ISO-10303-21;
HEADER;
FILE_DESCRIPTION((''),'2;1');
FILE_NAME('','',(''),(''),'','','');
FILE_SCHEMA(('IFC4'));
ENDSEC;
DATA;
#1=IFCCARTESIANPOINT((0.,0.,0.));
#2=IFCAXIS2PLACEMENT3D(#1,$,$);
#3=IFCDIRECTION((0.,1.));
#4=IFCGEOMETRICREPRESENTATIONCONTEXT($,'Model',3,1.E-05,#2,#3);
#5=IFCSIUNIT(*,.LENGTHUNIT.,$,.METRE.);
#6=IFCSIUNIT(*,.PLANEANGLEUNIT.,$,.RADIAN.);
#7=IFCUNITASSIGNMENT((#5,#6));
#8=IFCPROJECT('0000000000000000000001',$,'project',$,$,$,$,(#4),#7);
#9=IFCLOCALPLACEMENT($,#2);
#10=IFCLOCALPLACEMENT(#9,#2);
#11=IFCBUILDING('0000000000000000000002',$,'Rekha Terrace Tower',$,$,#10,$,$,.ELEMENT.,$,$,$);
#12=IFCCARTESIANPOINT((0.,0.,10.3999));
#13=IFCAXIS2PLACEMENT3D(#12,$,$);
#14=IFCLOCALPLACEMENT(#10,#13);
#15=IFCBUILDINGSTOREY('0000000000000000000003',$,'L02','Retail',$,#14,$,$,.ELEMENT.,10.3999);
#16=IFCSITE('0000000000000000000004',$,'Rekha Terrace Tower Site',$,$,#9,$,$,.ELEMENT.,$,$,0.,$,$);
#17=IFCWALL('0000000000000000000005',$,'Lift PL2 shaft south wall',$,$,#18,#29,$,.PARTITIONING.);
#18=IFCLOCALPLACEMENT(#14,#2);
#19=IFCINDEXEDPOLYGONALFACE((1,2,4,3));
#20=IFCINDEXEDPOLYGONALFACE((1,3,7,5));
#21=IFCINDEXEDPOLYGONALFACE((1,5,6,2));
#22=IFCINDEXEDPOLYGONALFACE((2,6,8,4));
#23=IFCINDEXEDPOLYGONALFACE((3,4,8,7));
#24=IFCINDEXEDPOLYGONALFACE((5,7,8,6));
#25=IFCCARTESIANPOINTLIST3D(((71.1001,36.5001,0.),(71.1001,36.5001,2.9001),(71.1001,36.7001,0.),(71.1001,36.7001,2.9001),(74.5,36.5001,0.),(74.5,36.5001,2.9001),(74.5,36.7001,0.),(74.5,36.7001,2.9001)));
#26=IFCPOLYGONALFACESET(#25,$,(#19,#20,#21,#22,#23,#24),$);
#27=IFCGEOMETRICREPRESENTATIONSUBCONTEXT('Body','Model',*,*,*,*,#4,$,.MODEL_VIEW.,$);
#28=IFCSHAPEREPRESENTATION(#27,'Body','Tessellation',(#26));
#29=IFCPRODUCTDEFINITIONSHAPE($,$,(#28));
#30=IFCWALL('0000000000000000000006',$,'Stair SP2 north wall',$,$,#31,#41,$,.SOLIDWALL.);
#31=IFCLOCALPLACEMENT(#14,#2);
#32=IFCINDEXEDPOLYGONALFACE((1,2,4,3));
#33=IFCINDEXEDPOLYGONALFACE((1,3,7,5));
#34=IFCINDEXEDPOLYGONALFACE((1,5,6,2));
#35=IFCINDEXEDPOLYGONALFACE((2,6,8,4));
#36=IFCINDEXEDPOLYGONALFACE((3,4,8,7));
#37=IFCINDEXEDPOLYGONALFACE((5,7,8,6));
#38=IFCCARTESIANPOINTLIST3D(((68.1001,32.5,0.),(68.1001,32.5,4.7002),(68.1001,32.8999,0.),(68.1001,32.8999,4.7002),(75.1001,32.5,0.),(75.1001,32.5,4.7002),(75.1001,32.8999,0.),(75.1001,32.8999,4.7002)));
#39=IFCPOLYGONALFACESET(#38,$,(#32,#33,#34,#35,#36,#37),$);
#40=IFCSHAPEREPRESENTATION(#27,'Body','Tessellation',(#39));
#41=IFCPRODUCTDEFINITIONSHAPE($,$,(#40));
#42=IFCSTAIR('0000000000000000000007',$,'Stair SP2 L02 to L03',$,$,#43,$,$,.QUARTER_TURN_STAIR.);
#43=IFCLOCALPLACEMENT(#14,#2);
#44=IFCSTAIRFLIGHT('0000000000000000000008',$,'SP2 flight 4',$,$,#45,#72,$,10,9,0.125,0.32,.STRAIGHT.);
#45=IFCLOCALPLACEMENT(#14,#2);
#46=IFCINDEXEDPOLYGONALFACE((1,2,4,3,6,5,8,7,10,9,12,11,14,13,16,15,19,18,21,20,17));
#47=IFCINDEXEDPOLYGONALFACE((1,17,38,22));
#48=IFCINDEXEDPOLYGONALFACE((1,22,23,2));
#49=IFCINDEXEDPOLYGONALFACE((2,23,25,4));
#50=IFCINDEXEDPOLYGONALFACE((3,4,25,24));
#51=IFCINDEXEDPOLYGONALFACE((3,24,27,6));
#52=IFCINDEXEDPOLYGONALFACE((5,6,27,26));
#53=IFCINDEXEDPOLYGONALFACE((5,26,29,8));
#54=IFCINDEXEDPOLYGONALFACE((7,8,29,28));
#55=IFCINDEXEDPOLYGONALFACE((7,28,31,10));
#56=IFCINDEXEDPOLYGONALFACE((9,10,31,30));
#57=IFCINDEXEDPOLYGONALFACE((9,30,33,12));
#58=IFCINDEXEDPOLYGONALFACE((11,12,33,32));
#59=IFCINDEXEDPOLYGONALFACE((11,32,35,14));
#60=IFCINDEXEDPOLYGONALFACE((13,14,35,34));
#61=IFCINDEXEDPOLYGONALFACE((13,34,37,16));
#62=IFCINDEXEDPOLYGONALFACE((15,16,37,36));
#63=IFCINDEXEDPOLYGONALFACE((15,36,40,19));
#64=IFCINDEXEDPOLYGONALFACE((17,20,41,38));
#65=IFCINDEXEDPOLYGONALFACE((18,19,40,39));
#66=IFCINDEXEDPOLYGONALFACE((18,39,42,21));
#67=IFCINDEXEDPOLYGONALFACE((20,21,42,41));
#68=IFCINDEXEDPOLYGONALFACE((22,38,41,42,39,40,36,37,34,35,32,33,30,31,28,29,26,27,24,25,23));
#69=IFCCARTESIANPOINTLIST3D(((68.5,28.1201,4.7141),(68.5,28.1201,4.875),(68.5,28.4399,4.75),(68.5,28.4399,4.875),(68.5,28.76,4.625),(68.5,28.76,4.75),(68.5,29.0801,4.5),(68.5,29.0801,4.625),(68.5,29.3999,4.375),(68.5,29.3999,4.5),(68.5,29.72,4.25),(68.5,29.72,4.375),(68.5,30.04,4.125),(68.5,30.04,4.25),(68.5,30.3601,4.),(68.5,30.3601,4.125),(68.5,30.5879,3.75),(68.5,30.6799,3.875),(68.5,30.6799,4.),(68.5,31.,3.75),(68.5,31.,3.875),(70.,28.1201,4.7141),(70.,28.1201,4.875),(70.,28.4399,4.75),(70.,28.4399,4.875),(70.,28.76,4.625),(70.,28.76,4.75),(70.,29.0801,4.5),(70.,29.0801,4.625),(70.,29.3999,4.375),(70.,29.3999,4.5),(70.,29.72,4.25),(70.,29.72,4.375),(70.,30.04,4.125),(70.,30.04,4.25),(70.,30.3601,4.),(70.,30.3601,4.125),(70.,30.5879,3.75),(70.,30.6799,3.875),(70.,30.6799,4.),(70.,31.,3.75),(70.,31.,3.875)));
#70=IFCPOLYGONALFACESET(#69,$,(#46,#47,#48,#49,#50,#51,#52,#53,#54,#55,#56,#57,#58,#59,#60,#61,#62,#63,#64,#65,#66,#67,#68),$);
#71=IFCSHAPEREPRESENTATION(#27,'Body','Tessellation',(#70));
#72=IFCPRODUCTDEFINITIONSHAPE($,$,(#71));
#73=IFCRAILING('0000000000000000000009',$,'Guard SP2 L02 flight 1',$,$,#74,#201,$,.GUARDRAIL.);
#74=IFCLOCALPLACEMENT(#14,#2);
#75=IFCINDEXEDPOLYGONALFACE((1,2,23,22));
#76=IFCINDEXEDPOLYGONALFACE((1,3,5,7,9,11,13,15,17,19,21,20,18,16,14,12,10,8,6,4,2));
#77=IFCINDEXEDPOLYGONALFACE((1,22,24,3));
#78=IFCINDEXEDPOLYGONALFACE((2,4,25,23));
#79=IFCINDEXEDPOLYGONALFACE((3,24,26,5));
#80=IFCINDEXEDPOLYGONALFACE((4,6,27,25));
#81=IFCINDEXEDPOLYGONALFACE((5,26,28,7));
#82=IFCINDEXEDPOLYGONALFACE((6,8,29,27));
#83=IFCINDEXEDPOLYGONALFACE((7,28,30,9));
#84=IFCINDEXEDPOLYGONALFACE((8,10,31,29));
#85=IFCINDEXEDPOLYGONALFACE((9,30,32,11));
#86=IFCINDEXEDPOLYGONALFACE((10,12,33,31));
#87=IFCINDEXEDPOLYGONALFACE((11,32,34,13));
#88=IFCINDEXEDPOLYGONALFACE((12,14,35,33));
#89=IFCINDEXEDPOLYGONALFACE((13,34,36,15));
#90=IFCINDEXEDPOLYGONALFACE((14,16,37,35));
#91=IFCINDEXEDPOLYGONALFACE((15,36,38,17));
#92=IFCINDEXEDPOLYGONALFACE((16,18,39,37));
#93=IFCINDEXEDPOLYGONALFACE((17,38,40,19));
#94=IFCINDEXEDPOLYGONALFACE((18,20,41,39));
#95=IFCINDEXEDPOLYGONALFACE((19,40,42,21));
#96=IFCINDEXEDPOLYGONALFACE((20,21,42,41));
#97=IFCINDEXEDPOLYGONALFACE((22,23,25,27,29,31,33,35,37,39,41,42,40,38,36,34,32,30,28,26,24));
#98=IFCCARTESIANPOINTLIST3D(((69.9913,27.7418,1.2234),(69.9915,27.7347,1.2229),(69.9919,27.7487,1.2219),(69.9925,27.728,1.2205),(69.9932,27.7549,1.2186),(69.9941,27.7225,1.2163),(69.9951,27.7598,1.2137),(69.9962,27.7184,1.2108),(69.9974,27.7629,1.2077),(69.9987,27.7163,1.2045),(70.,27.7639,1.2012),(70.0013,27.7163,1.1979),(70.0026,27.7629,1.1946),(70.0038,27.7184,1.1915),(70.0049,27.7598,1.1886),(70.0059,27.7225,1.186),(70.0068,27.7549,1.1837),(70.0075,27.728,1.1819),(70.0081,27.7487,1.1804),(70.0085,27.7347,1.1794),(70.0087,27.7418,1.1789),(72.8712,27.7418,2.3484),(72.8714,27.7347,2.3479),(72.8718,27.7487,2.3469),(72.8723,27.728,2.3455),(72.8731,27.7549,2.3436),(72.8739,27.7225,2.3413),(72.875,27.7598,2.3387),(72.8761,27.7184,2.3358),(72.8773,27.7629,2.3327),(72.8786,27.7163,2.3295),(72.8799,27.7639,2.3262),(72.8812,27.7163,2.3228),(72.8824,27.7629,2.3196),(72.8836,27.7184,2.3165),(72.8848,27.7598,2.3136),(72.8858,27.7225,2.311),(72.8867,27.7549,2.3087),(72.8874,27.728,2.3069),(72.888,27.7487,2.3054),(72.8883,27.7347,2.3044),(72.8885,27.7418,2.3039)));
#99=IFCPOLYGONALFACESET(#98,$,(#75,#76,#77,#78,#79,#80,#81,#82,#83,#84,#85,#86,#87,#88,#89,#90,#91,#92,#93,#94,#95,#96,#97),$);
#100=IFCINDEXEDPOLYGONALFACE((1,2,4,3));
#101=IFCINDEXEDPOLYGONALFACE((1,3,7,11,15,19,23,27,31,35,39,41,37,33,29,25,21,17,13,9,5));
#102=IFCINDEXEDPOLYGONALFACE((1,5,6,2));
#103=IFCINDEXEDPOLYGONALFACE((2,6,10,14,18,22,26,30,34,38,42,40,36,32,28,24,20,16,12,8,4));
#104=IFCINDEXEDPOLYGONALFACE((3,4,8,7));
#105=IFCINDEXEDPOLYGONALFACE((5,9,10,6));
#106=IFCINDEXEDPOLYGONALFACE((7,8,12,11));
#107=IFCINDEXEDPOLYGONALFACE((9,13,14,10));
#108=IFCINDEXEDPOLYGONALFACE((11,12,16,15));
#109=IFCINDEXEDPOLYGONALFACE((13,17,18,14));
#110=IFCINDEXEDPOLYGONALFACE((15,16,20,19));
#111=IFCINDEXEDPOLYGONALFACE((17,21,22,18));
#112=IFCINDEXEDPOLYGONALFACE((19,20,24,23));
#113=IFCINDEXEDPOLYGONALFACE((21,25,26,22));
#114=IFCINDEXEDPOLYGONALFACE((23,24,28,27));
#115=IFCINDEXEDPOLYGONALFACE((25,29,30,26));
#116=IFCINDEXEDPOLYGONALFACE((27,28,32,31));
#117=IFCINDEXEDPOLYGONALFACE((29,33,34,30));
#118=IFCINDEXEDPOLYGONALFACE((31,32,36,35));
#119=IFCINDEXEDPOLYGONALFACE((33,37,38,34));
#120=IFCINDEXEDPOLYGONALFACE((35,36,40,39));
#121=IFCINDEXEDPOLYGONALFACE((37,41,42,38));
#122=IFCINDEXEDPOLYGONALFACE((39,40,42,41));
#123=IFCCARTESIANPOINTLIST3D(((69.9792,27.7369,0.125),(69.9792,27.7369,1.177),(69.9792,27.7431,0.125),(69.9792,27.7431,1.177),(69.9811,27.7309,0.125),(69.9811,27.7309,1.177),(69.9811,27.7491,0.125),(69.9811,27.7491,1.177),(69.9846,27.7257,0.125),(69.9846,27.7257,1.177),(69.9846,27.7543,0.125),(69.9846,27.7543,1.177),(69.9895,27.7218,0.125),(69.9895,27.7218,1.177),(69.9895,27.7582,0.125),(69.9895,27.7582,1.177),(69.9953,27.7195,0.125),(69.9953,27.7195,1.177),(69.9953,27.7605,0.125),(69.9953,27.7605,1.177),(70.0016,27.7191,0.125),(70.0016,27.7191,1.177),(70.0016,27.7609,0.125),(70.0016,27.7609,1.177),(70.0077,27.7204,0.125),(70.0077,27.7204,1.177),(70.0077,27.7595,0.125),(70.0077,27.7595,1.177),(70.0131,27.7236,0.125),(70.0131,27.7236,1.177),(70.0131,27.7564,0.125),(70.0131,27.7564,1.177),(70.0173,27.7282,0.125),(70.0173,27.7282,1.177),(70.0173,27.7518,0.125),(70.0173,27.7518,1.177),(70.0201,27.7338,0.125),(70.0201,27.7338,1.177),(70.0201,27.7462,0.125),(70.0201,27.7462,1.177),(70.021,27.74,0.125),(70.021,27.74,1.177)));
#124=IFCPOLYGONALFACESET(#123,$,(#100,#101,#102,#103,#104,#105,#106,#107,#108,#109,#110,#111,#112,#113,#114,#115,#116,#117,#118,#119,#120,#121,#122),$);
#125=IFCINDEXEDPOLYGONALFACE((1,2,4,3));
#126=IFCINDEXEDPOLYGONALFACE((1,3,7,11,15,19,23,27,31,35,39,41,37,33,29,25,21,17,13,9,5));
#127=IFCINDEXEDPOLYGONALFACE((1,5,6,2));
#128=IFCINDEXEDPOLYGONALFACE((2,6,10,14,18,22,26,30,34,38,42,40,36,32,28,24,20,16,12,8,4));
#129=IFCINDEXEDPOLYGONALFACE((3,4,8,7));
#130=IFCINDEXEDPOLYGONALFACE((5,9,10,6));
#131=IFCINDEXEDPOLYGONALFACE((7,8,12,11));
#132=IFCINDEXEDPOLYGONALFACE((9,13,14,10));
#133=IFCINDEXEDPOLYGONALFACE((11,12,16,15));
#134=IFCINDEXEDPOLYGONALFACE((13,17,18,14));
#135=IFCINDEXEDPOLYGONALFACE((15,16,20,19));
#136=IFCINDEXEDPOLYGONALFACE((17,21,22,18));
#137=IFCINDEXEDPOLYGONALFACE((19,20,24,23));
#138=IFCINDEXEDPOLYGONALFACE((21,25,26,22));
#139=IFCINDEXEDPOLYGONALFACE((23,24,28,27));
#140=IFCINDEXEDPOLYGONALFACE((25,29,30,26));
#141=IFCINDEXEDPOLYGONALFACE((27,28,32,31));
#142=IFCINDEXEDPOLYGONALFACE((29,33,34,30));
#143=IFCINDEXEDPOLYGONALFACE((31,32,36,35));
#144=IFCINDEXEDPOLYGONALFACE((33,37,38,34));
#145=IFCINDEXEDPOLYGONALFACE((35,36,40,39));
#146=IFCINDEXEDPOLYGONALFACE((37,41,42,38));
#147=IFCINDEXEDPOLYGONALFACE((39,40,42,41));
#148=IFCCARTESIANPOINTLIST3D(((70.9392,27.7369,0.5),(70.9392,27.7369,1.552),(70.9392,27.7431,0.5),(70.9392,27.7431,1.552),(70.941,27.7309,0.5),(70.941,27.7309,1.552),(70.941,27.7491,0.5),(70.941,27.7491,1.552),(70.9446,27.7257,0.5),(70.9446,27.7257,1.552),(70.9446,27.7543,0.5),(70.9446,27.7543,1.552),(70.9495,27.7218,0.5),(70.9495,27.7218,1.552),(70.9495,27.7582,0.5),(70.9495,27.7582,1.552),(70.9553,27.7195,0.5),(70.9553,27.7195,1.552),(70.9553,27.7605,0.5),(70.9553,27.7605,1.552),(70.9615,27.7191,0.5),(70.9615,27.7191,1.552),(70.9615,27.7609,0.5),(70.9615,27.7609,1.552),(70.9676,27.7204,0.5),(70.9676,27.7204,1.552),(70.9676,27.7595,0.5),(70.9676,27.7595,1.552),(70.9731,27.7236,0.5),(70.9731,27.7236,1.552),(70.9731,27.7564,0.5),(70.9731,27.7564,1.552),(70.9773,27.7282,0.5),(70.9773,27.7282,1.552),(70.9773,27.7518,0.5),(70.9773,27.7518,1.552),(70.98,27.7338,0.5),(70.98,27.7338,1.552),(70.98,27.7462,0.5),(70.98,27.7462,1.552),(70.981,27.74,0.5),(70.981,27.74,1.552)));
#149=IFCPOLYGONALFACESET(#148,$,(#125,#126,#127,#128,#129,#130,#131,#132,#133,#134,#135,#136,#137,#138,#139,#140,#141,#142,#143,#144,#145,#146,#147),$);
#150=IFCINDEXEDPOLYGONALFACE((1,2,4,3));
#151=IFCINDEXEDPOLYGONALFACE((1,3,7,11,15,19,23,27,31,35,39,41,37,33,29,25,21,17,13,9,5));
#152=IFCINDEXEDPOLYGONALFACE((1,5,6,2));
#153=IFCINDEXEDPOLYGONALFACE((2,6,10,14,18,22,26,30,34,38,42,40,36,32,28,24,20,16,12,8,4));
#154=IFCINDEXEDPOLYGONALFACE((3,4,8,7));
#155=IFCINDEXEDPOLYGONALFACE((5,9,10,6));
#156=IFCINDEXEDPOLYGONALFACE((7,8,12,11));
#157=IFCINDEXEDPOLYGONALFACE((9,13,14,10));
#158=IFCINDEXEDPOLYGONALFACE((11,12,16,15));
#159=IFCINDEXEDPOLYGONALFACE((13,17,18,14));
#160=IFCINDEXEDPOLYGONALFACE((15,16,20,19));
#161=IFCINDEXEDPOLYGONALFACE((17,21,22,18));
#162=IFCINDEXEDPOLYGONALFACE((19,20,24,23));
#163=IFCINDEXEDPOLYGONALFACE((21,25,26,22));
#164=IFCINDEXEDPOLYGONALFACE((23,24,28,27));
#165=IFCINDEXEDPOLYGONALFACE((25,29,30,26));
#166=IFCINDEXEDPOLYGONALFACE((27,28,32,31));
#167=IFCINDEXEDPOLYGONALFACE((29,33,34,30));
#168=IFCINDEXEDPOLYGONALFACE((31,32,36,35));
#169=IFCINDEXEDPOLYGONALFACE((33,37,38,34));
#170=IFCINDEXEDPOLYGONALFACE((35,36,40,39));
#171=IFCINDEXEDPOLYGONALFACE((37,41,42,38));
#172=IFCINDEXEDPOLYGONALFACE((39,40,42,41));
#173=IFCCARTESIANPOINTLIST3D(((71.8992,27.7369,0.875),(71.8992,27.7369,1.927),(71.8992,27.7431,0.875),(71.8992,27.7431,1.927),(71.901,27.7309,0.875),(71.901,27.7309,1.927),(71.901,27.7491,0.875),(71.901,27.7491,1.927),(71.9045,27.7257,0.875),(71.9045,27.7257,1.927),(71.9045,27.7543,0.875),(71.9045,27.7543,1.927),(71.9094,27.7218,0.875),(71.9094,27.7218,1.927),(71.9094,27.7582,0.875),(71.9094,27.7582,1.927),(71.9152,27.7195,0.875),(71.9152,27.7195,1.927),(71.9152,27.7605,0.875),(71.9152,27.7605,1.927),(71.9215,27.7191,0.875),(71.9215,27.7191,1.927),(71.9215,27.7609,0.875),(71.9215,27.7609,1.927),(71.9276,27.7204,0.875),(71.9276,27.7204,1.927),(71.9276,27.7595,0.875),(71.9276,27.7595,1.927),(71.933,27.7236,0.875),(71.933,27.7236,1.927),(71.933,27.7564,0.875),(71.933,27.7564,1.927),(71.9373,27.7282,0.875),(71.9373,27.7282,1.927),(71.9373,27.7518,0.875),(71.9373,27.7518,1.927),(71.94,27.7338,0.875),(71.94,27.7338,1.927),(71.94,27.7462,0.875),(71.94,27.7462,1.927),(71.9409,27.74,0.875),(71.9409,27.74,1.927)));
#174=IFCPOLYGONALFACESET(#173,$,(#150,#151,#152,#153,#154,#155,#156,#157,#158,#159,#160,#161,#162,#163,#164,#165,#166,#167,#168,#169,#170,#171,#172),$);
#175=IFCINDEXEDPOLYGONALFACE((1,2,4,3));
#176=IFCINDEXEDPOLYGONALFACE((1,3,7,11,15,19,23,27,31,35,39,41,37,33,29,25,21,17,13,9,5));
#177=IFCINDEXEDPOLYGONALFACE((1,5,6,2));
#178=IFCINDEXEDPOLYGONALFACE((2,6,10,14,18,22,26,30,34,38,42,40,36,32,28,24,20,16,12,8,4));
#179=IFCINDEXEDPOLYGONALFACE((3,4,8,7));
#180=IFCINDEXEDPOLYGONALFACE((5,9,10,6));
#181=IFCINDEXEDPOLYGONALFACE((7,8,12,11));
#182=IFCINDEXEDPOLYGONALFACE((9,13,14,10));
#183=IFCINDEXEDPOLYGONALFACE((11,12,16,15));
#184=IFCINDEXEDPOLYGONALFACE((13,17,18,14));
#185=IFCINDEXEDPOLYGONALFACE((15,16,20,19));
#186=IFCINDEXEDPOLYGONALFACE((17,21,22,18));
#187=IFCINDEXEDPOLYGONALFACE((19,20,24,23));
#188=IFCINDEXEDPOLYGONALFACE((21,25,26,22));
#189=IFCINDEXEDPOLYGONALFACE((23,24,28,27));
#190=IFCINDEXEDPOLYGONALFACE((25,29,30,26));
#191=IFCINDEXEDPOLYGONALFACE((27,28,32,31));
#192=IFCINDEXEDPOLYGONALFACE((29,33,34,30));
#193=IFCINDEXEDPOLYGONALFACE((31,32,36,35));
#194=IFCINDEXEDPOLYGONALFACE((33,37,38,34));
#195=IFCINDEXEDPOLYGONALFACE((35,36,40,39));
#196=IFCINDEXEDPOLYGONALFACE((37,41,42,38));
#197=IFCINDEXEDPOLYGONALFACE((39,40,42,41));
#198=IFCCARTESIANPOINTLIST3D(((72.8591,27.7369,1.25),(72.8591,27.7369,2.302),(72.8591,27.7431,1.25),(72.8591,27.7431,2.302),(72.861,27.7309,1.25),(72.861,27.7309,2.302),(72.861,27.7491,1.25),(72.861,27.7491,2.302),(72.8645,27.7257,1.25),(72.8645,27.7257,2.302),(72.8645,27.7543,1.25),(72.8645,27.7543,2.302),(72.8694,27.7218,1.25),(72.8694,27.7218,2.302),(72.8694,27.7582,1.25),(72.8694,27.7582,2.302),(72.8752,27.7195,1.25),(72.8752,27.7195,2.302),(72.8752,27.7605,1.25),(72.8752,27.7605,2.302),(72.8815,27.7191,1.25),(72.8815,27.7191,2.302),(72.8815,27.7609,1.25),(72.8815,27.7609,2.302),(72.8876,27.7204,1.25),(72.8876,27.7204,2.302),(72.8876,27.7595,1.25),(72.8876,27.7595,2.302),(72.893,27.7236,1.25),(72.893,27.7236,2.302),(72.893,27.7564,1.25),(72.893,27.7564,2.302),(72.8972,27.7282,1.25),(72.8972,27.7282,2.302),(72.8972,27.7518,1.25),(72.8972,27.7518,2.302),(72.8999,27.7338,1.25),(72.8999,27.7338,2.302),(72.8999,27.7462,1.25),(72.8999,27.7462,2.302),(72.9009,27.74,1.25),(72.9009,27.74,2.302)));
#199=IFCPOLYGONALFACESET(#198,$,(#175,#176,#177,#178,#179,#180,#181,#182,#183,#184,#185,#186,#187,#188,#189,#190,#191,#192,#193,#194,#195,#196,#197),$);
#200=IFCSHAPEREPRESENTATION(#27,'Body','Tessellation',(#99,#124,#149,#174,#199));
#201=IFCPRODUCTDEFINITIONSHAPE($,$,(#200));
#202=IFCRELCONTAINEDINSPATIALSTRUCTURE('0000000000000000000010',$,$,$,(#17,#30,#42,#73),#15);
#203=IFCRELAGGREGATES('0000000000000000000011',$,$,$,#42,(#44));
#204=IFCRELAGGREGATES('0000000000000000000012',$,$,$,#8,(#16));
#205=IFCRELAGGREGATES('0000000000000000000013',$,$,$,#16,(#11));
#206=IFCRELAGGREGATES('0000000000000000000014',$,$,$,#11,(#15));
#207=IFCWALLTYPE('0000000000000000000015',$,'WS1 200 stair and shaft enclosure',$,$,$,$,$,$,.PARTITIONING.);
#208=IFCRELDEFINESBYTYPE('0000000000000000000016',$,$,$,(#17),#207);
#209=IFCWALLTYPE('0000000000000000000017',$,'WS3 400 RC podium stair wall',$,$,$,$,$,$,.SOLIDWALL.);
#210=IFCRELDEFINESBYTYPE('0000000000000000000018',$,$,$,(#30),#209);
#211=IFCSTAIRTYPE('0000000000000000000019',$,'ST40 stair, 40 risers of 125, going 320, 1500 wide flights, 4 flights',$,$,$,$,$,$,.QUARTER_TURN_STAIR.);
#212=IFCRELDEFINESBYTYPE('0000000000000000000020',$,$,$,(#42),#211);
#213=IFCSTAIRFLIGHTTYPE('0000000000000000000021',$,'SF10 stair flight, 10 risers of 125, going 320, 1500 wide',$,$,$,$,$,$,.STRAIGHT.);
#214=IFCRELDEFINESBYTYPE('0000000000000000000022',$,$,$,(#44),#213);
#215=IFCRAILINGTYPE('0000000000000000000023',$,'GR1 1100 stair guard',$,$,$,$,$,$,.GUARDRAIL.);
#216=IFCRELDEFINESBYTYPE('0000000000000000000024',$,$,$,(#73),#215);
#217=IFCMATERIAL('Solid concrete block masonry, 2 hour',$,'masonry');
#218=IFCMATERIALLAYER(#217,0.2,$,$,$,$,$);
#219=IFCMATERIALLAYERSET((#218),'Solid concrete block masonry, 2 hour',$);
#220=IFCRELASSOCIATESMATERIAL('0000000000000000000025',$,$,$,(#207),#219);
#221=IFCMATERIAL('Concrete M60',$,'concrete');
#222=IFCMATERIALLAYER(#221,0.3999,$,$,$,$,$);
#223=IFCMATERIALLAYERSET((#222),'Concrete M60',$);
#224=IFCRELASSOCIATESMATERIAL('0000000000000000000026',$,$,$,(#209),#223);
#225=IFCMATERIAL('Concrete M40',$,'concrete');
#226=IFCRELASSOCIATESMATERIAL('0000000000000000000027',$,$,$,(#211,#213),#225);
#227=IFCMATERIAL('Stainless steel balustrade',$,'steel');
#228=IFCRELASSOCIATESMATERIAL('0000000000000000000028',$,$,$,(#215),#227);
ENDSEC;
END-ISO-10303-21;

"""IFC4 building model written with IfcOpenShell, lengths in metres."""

from ifc_helpers import new_model, si_unit, direction, frame, frame_2d, origin, origin_2d, place, context, subcontext, project, spatial, polyline, rectangle, circle, outline, extrude, material, layer, layer_set, type_object, element, aggregate, save


model = new_model("IFC4")

# Units and contexts
model_context = context("Model", 3, precision=1e-05, world=origin(), true_north=direction((0.0, 1.0)))
body_context = subcontext(model_context, "Body", "Model", "MODEL_VIEW")
ifc_project = project(units=[si_unit("LENGTHUNIT", "METRE"), si_unit("PLANEANGLEUNIT", "RADIAN")], contexts=[model_context])

# Site, building, storey
site_placement = place(None, origin())
site = spatial("IfcSite", under=ifc_project, at=site_placement, Name="Rekha Terrace Tower Site", CompositionType="ELEMENT", RefElevation=0.0)
building_placement = place(site_placement, origin())
building = spatial("IfcBuilding", under=site, at=building_placement, Name="Rekha Terrace Tower", CompositionType="ELEMENT")
storey_placement = place(building_placement, frame((0.0, 0.0, 10.3999)))
storey = spatial("IfcBuildingStorey", under=building, at=storey_placement, Name="L02", Description="Retail", CompositionType="ELEMENT", Elevation=10.3999)

# Shared definitions
ifc_material_1 = material(Name="Concrete M60", Category="concrete")

# Walls
ifc_material_2 = material(Name="Solid concrete block masonry, 2 hour", Category="masonry")
ifc_layer_1 = layer(ifc_material_2, 0.2)
ifc_layer_set_1 = layer_set([ifc_layer_1], Name="Solid concrete block masonry, 2 hour")
wall_type_1 = type_object("IfcWallType", Name="WS1 200 stair and shaft enclosure", PredefinedType="PARTITIONING", material=ifc_layer_set_1)
wall_1_placement = place(storey_placement, frame((71.1001, 36.6001, 0.0), z_axis=(0.0, 0.0, 1.0), x_axis=(1.0, 0.0, 0.0)))
element("IfcWall", 1, at=wall_1_placement, inside=storey, type_object=wall_type_1, Name="Lift PL2 shaft south wall", PredefinedType="PARTITIONING", context=body_context, shape_type="SweptSolid", body=[
    extrude(rectangle(XDim=3.3999, YDim=0.2, at=frame_2d((1.7, 0.0))), origin(), (0.0, 0.0, 1.0), 2.9001),
])
ifc_layer_2 = layer(ifc_material_1, 0.3999)
ifc_layer_set_2 = layer_set([ifc_layer_2], Name="Concrete M60")
wall_type_2 = type_object("IfcWallType", Name="WS3 400 RC podium stair wall", PredefinedType="SOLIDWALL", material=ifc_layer_set_2)
wall_2_placement = place(storey_placement, frame((68.1001, 32.7, 0.0), z_axis=(0.0, 0.0, 1.0), x_axis=(1.0, 0.0, 0.0)))
element("IfcWall", 2, at=wall_2_placement, inside=storey, type_object=wall_type_2, Name="Stair SP2 north wall", PredefinedType="SOLIDWALL", context=body_context, shape_type="SweptSolid", body=[
    extrude(rectangle(XDim=7.0, YDim=0.3999, at=frame_2d((3.5, 0.0))), origin(), (0.0, 0.0, 1.0), 4.7002),
])

# Stair, stair flight
ifc_material_3 = material(Name="Concrete M40", Category="concrete")
stair_type = type_object("IfcStairType", Name="ST40 stair, 40 risers of 125, going 320, 1500 wide flights, 4 flights", PredefinedType="QUARTER_TURN_STAIR", material=ifc_material_3)
stair_placement = place(storey_placement, origin())
stair = element("IfcStair", 3, at=stair_placement, inside=storey, type_object=stair_type, Name="Stair SP2 L02 to L03", PredefinedType="QUARTER_TURN_STAIR")
stair_flight_type = type_object("IfcStairFlightType", Name="SF10 stair flight, 10 risers of 125, going 320, 1500 wide", PredefinedType="STRAIGHT", material=ifc_material_3)
stair_flight_placement = place(storey_placement, frame((69.25, 31.0, 3.75), z_axis=(0.0, 0.0, 1.0), x_axis=(0.0, -1.0, 0.0)))
stair_flight = element("IfcStairFlight", 4, at=stair_flight_placement, type_object=stair_flight_type, Name="SP2 flight 4", NumberOfRisers=10, NumberOfTreads=9, PredefinedType="STRAIGHT", RiserHeight=0.125, TreadLength=0.32, context=body_context, shape_type="SweptSolid", body=[
    extrude(outline(polyline([(0.0, 0.0), (0.0, 0.125), (0.3201, 0.125), (0.3201, 0.25), (0.6399, 0.25), (0.6399, 0.375), (0.96, 0.375), (0.96, 0.5), (1.28, 0.5), (1.28, 0.625), (1.6001, 0.625), (1.6001, 0.75), (1.9199, 0.75), (1.9199, 0.875), (2.24, 0.875), (2.24, 1.0), (2.5601, 1.0), (2.5601, 1.125), (2.8799, 1.125), (2.8799, 1.25), (2.8799, 0.9641), (0.4121, 0.0), (0.0, 0.0)])), frame((0.0, 0.75, 0.0), z_axis=(0.0, -1.0, 0.0), x_axis=(1.0, 0.0, 0.0)), (0.0, 0.0, 1.0), 1.5),
])
aggregate(stair, [stair_flight])

# Railing
ifc_material_4 = material(Name="Stainless steel balustrade", Category="steel")
railing_type_1 = type_object("IfcRailingType", Name="GR1 1100 stair guard", PredefinedType="GUARDRAIL", material=ifc_material_4)
railing_1_placement = place(storey_placement, frame((70.0, 27.74, 0.125)))
element("IfcRailing", 5, at=railing_1_placement, inside=storey, type_object=railing_type_1, Name="Guard SP2 L02 flight 1", PredefinedType="GUARDRAIL", context=body_context, shape_type="SweptSolid", body=[
    extrude(circle(Radius=0.0239, at=origin_2d()), frame((0.0, 0.0, 1.0762), z_axis=(0.931452, 0.0, 0.363863), x_axis=(0.0, 1.0, 0.0)), (0.0, 0.0, 1.0), 3.0918),
    extrude(circle(Radius=0.021, at=origin_2d()), origin(), (0.0, 0.0, 1.0), 1.052),
    extrude(circle(Radius=0.021, at=origin_2d()), frame((0.96, 0.0, 0.375)), (0.0, 0.0, 1.0), 1.052),
    extrude(circle(Radius=0.021, at=origin_2d()), frame((1.9199, 0.0, 0.75)), (0.0, 0.0, 1.0), 1.052),
    extrude(circle(Radius=0.021, at=origin_2d()), frame((2.8799, 0.0, 1.125)), (0.0, 0.0, 1.0), 1.052),
])

save(model, "model.ifc")
